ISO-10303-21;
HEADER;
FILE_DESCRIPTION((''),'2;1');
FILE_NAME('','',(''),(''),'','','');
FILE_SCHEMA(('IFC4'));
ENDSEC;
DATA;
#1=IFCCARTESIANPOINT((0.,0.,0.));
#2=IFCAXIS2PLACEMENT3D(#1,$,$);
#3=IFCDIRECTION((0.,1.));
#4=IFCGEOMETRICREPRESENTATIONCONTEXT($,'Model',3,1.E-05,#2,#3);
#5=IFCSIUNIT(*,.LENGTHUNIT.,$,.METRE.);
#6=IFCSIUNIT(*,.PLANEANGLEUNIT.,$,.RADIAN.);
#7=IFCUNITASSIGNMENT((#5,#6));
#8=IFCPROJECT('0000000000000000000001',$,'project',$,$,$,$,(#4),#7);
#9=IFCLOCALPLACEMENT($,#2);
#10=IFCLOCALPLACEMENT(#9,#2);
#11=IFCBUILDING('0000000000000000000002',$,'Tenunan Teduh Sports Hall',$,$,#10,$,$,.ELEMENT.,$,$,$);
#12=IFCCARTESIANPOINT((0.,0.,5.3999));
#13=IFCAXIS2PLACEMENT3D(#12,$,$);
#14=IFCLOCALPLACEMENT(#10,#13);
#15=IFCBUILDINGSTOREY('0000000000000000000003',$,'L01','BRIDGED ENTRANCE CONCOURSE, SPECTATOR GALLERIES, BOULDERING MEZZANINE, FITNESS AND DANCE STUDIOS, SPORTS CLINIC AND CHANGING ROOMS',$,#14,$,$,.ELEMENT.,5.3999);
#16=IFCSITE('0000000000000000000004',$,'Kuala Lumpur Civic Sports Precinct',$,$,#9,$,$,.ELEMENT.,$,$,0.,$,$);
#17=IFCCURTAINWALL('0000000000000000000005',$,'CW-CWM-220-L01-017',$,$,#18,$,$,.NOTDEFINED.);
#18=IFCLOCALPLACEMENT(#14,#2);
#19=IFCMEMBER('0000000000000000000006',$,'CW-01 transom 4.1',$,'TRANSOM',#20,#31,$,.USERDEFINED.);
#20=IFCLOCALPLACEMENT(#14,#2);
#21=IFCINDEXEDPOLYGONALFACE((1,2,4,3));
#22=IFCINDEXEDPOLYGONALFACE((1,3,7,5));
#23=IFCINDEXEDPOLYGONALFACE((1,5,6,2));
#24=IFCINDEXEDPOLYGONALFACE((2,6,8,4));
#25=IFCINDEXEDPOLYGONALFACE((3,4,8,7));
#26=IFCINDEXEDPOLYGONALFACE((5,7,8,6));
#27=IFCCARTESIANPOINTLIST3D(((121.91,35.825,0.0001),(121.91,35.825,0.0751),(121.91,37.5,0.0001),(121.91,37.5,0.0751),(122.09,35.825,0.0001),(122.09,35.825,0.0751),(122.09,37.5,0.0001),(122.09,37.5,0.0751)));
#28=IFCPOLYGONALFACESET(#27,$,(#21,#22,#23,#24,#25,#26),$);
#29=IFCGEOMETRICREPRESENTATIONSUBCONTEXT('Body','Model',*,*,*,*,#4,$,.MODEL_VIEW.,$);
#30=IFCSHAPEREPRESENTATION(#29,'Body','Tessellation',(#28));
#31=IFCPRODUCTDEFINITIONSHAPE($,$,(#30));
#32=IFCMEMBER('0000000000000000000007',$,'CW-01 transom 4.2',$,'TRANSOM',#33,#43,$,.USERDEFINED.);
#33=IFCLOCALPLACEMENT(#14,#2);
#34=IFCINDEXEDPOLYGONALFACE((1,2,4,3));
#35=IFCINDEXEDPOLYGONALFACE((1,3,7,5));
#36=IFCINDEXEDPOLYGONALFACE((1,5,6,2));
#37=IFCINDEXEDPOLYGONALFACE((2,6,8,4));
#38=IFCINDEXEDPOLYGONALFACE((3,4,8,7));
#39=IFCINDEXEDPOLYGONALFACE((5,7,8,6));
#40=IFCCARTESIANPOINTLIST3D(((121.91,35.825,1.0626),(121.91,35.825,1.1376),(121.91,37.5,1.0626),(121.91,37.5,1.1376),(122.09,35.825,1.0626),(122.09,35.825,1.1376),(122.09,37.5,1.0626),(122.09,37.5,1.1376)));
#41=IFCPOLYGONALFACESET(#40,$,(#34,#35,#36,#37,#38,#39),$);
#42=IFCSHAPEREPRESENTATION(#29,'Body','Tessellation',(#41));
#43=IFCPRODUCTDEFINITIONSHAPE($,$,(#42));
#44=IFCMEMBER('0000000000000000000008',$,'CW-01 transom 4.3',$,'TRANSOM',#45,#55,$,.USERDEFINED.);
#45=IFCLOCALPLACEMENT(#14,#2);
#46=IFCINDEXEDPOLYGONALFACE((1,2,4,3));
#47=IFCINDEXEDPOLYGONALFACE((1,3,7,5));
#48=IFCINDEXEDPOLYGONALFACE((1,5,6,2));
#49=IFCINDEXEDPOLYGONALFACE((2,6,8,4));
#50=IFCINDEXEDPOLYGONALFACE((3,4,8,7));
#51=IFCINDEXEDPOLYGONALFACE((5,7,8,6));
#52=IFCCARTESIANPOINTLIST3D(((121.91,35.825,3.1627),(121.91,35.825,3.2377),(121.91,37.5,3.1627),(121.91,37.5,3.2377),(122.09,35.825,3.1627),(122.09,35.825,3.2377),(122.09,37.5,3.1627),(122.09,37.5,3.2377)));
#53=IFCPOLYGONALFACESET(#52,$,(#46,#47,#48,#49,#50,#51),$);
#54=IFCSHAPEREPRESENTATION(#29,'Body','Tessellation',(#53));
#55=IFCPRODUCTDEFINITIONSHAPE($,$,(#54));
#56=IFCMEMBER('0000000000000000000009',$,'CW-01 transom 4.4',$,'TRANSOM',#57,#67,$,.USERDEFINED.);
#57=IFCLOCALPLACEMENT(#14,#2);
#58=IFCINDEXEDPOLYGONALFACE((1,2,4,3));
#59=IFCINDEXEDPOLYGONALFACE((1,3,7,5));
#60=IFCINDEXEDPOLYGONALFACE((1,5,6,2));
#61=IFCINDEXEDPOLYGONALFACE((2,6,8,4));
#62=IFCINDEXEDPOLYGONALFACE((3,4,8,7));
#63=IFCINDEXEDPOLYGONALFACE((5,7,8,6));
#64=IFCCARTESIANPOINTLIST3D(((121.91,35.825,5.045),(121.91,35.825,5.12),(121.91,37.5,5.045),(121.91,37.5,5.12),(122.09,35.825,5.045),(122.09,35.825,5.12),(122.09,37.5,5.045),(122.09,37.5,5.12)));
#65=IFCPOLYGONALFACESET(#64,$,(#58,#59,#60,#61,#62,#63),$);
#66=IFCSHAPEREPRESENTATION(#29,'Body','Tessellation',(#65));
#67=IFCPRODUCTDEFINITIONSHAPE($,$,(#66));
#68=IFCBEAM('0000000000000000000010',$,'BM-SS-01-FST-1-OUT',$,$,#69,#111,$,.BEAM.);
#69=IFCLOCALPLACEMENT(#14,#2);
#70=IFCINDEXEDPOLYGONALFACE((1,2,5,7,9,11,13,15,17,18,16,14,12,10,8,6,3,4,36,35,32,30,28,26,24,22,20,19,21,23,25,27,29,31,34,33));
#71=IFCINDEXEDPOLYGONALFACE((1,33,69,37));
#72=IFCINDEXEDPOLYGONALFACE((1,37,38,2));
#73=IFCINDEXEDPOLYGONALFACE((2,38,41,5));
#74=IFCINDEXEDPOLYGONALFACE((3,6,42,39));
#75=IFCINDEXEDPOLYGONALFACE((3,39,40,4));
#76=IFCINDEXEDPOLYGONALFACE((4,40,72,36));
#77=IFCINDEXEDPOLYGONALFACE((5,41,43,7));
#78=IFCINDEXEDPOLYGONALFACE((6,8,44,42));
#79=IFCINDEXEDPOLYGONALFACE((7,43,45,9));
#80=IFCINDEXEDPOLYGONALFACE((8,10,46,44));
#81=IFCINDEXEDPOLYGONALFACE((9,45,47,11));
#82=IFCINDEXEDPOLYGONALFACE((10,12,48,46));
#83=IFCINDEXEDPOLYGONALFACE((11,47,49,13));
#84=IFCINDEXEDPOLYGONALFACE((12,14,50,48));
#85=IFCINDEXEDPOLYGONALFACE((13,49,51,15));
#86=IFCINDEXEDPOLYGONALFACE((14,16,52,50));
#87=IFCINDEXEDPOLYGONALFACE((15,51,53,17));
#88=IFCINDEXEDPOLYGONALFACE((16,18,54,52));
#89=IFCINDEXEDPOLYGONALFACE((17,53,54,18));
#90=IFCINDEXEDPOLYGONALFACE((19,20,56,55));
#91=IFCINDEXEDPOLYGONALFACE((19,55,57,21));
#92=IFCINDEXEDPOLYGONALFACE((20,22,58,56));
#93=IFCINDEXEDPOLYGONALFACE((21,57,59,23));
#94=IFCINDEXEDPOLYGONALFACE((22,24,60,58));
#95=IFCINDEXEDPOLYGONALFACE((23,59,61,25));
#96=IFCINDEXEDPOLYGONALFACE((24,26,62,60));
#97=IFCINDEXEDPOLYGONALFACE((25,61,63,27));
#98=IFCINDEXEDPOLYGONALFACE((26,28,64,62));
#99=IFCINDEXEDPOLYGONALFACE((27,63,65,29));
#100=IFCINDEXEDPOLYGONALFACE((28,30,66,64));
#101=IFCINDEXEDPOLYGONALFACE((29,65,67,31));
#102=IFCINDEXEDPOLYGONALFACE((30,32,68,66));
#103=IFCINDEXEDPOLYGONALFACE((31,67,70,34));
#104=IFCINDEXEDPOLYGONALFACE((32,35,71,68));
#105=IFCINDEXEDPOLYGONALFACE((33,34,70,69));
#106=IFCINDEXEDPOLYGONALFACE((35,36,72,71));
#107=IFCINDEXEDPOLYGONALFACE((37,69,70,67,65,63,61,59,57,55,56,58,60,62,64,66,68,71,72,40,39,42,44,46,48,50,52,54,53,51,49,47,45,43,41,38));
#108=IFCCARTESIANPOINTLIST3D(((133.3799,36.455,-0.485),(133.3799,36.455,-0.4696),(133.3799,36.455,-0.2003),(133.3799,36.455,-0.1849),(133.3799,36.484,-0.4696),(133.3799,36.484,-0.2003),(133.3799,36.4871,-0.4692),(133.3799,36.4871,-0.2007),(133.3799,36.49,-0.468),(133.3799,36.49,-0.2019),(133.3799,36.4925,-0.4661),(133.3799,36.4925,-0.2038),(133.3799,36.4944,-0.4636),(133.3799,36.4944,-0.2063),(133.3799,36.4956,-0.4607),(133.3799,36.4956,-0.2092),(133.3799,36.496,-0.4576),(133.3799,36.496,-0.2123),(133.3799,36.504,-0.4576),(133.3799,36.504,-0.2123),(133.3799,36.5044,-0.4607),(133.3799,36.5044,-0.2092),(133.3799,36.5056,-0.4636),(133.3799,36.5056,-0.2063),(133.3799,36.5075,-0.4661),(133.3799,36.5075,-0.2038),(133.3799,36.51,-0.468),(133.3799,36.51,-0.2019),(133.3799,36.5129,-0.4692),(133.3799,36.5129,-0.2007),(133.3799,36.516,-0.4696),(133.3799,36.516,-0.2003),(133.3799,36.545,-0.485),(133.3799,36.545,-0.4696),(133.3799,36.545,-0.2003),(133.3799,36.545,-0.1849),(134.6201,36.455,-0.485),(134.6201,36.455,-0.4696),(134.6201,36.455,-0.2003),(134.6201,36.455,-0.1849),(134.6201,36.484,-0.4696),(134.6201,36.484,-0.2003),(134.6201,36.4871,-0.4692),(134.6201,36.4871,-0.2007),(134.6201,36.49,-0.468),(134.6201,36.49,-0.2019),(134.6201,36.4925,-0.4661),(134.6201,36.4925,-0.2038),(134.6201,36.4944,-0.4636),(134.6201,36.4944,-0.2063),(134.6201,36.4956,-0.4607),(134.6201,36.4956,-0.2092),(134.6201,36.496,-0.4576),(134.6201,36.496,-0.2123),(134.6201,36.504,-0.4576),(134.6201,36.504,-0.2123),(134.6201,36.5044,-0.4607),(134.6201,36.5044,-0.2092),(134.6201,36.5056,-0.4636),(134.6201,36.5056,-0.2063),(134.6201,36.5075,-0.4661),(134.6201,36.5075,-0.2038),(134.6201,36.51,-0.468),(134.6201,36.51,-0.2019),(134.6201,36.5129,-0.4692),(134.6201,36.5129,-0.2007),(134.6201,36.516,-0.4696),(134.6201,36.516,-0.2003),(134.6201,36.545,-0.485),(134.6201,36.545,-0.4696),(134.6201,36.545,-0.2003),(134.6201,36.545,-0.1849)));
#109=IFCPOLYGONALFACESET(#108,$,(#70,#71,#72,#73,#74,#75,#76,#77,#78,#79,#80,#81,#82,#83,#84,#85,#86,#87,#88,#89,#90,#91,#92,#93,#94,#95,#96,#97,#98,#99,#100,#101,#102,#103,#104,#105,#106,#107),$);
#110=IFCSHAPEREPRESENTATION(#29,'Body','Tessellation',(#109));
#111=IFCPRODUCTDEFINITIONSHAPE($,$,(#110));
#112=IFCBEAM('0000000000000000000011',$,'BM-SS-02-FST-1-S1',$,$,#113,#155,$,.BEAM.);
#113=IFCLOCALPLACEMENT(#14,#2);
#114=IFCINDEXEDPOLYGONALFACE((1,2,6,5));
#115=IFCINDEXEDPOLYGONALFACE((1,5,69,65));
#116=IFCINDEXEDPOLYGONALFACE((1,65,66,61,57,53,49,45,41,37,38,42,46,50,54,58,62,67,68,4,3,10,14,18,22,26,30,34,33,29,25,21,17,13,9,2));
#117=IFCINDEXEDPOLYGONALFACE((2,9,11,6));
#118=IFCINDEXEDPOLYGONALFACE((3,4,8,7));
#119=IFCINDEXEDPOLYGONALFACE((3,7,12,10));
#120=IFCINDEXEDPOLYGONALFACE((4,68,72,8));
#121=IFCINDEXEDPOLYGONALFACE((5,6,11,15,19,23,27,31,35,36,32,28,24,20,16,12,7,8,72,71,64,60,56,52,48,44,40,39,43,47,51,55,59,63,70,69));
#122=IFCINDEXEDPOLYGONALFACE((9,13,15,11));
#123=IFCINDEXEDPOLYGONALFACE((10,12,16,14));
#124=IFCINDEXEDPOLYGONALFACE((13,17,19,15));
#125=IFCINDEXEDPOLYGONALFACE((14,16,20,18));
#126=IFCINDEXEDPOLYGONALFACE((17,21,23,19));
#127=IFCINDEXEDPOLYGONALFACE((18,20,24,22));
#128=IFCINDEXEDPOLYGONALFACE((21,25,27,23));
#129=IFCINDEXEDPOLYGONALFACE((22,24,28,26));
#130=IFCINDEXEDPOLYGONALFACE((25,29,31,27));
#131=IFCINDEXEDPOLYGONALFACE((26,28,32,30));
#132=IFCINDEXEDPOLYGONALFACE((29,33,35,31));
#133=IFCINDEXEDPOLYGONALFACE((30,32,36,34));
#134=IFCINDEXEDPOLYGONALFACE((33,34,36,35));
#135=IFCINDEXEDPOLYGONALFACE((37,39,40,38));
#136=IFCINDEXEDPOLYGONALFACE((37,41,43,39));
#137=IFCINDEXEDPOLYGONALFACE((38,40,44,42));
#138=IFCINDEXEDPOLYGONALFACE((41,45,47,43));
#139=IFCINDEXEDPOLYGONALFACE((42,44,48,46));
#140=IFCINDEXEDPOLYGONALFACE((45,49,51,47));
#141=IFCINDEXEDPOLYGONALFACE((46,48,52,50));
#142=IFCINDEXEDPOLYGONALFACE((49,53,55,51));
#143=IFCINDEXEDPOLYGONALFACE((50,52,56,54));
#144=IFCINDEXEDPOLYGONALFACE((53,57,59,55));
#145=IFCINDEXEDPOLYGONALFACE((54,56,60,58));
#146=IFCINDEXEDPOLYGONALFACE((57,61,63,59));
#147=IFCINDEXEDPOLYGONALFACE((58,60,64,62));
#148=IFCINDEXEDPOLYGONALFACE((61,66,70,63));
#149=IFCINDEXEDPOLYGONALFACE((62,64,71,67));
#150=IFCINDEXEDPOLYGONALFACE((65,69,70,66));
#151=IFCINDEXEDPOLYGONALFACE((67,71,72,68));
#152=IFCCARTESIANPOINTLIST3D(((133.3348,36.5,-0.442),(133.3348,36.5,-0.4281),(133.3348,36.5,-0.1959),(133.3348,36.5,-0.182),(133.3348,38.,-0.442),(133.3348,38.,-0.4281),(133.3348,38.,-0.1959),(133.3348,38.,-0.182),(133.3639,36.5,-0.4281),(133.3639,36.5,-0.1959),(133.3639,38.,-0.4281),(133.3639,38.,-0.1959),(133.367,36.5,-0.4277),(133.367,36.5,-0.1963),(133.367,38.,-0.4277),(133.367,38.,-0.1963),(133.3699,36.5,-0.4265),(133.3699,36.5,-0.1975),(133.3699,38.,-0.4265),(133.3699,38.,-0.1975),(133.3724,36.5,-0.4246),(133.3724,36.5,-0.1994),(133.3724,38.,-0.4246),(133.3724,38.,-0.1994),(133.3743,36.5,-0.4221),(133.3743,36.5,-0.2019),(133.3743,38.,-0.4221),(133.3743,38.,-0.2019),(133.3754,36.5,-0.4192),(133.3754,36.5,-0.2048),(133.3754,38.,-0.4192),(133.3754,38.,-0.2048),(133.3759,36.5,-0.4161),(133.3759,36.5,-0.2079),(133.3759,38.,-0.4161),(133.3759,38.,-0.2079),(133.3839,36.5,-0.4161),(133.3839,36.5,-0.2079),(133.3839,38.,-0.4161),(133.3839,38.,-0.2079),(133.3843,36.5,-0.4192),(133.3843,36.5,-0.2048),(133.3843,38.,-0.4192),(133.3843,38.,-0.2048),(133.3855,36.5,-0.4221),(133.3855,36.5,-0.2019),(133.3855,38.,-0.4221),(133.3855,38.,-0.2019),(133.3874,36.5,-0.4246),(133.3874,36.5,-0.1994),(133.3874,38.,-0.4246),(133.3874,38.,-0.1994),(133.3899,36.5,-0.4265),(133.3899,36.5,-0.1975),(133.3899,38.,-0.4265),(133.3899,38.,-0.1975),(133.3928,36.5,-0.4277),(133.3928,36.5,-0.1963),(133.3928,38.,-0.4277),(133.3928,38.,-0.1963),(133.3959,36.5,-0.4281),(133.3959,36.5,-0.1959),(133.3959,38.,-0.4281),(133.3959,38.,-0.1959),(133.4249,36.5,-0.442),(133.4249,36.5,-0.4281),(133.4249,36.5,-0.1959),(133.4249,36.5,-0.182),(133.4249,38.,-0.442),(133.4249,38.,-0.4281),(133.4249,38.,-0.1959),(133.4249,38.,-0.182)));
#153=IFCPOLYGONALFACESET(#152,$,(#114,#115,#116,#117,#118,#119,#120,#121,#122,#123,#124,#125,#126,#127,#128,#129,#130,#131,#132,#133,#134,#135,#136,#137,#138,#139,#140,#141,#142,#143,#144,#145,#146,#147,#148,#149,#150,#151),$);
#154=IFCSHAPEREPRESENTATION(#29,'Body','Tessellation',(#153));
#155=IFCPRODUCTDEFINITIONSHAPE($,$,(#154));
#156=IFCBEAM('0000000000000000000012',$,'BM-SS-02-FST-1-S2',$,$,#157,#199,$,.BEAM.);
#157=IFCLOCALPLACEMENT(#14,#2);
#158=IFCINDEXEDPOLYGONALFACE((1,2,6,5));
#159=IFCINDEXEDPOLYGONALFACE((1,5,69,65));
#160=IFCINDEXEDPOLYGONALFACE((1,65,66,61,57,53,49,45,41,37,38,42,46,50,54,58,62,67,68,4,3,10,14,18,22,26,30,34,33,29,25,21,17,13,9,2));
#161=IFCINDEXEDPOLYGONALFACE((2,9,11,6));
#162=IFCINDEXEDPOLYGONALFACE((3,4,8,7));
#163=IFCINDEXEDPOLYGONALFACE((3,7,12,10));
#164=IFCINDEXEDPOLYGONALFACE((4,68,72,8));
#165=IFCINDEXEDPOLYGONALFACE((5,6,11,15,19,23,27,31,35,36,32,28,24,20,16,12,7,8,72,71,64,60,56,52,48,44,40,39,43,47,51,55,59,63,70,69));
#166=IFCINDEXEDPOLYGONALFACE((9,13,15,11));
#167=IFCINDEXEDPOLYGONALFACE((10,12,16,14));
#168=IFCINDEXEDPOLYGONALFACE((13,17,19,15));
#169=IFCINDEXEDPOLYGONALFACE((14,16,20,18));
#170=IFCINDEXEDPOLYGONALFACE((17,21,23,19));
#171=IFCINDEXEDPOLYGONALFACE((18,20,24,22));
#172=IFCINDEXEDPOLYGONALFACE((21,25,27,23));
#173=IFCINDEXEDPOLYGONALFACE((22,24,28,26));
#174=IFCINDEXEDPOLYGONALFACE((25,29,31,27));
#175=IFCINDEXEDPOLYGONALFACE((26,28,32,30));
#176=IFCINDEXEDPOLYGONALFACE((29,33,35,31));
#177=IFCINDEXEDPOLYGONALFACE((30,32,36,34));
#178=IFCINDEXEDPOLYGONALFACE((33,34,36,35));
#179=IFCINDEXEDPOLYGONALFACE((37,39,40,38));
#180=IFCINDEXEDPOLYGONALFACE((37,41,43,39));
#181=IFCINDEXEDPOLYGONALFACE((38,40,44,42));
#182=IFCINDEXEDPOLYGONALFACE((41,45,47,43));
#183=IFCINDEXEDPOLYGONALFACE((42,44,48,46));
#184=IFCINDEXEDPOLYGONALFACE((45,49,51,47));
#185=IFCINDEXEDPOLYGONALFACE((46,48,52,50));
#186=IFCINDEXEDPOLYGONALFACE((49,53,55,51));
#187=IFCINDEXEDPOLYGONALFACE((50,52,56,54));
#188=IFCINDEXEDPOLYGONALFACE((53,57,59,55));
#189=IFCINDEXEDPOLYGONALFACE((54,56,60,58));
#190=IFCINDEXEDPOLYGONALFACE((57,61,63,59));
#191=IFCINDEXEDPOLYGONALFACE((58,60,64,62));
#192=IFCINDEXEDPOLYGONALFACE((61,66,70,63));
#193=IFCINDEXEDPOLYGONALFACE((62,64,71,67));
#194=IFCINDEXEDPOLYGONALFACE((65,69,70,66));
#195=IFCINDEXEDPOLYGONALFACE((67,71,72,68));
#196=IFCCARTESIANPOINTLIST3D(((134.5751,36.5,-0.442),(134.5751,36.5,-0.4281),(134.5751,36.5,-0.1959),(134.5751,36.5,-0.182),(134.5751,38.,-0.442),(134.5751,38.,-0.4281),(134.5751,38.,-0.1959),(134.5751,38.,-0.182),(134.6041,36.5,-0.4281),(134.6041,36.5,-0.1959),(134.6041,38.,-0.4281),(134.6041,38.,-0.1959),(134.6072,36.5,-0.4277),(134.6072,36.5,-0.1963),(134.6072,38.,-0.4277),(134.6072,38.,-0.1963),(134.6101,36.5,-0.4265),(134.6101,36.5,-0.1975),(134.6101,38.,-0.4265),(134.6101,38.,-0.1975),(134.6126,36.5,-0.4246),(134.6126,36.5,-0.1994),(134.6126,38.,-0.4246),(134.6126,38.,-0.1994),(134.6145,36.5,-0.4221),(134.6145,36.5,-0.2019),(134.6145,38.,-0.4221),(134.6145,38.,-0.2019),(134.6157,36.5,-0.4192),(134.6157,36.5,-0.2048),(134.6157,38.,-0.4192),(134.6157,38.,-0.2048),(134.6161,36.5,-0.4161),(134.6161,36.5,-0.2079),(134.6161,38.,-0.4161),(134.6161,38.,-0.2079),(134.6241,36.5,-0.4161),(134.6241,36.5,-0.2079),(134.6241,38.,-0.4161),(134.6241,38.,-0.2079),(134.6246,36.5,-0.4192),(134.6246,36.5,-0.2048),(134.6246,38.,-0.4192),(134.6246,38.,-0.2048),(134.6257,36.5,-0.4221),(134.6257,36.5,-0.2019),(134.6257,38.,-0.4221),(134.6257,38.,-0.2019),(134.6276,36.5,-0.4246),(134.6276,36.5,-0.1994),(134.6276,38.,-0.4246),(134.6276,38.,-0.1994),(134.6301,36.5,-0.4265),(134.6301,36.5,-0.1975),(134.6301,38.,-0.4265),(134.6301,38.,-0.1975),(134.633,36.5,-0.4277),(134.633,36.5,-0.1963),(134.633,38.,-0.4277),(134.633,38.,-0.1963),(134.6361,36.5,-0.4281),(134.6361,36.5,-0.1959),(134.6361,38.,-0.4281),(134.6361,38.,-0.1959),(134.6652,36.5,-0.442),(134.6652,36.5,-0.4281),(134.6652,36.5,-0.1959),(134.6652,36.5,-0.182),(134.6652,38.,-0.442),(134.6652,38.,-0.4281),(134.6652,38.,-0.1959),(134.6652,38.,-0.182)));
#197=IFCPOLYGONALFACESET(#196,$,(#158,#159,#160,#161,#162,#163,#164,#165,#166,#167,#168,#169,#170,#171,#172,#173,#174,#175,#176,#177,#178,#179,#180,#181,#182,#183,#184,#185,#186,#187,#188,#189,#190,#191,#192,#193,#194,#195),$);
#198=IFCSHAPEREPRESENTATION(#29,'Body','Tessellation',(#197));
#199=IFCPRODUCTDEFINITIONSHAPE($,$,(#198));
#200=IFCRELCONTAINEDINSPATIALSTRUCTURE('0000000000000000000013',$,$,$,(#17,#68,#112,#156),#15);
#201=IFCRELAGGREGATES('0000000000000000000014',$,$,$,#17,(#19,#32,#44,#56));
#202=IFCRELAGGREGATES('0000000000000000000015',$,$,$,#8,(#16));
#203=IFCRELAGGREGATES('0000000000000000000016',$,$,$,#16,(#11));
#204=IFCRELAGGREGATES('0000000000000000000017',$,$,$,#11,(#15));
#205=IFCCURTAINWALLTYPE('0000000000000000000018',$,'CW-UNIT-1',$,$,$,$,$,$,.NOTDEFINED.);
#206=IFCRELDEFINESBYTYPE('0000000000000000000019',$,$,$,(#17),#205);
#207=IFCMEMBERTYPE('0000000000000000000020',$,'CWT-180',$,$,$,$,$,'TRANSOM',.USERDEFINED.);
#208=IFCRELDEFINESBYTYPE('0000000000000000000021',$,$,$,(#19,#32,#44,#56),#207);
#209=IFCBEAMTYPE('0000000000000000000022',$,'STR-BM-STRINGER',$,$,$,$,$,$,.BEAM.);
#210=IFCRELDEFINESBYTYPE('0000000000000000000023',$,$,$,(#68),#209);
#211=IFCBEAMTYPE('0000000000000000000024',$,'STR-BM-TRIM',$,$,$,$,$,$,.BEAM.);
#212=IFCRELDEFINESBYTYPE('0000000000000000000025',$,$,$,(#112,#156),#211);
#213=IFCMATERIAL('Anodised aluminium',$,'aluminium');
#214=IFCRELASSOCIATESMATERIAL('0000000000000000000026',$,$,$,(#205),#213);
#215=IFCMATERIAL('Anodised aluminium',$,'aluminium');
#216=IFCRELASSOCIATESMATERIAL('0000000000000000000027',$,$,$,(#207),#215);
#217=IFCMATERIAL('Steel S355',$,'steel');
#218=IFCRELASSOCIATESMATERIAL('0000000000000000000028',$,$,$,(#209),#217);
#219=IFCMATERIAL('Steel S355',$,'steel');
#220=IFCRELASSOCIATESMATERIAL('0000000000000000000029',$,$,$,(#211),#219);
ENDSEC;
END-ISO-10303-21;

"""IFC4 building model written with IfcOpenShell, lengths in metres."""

from ifc_helpers import new_model, si_unit, direction, frame, origin, origin_2d, place, context, subcontext, project, spatial, rectangle, i_section, extrude, material, material_profile, profile_set, type_object, element, aggregate, save


model = new_model("IFC4")

# Units and contexts
model_context = context("Model", 3, precision=1e-05, world=origin(), true_north=direction((0.0, 1.0)))
body_context = subcontext(model_context, "Body", "Model", "MODEL_VIEW")
ifc_project = project(units=[si_unit("LENGTHUNIT", "METRE"), si_unit("PLANEANGLEUNIT", "RADIAN")], contexts=[model_context])

# Site, building, storey
site_placement = place(None, origin())
site = spatial("IfcSite", under=ifc_project, at=site_placement, Name="Kuala Lumpur Civic Sports Precinct", CompositionType="ELEMENT", RefElevation=0.0)
building_placement = place(site_placement, origin())
building = spatial("IfcBuilding", under=site, at=building_placement, Name="Tenunan Teduh Sports Hall", CompositionType="ELEMENT")
storey_placement = place(building_placement, frame((0.0, 0.0, 5.3999)))
storey = spatial("IfcBuildingStorey", under=building, at=storey_placement, Name="L01", Description="BRIDGED ENTRANCE CONCOURSE, SPECTATOR GALLERIES, BOULDERING MEZZANINE, FITNESS AND DANCE STUDIOS, SPORTS CLINIC AND CHANGING ROOMS", CompositionType="ELEMENT", Elevation=5.3999)

# Curtain wall, members
ifc_material_1 = material(Name="Anodised aluminium", Category="aluminium")
curtain_wall_type = type_object("IfcCurtainWallType", Name="CW-UNIT-1", PredefinedType="NOTDEFINED", material=ifc_material_1)
curtain_wall_placement = place(storey_placement, origin())
curtain_wall = element("IfcCurtainWall", 1, at=curtain_wall_placement, inside=storey, type_object=curtain_wall_type, Name="CW-CWM-220-L01-017", PredefinedType="NOTDEFINED")
ifc_material_2 = material(Name="Anodised aluminium", Category="aluminium")
ifc_material_profile_1 = material_profile(ifc_material_2, rectangle(XDim=0.075, YDim=0.1799, at=origin_2d()), Name="CWT 75x180")
ifc_profile_set_1 = profile_set([ifc_material_profile_1], Name="Anodised aluminium")
member_type_1 = type_object("IfcMemberType", Name="CWT-180", ElementType="TRANSOM", PredefinedType="USERDEFINED", material=ifc_profile_set_1)
member_1_placement = place(storey_placement, frame((122.0, 35.825, 0.0376), z_axis=(0.0, 1.0, 0.0), x_axis=(0.0, 0.0, 1.0)))
member_1 = element("IfcMember", 2, at=member_1_placement, type_object=member_type_1, Name="CW-01 transom 4.1", ObjectType="TRANSOM", PredefinedType="USERDEFINED", context=body_context, shape_type="SweptSolid", body=[
    extrude(rectangle(XDim=0.075, YDim=0.1799, at=origin_2d()), origin(), (0.0, 0.0, 1.0), 1.675),
])
member_2_placement = place(storey_placement, frame((122.0, 35.825, 1.1001), z_axis=(0.0, 1.0, 0.0), x_axis=(0.0, 0.0, 1.0)))
member_2 = element("IfcMember", 3, at=member_2_placement, type_object=member_type_1, Name="CW-01 transom 4.2", ObjectType="TRANSOM", PredefinedType="USERDEFINED", context=body_context, shape_type="SweptSolid", body=[
    extrude(rectangle(XDim=0.075, YDim=0.1799, at=origin_2d()), origin(), (0.0, 0.0, 1.0), 1.675),
])
member_3_placement = place(storey_placement, frame((122.0, 35.825, 3.2002), z_axis=(0.0, 1.0, 0.0), x_axis=(0.0, 0.0, 1.0)))
member_3 = element("IfcMember", 4, at=member_3_placement, type_object=member_type_1, Name="CW-01 transom 4.3", ObjectType="TRANSOM", PredefinedType="USERDEFINED", context=body_context, shape_type="SweptSolid", body=[
    extrude(rectangle(XDim=0.075, YDim=0.1799, at=origin_2d()), origin(), (0.0, 0.0, 1.0), 1.675),
])
member_4_placement = place(storey_placement, frame((122.0, 35.825, 5.0825), z_axis=(0.0, 1.0, 0.0), x_axis=(0.0, 0.0, 1.0)))
member_4 = element("IfcMember", 5, at=member_4_placement, type_object=member_type_1, Name="CW-01 transom 4.4", ObjectType="TRANSOM", PredefinedType="USERDEFINED", context=body_context, shape_type="SweptSolid", body=[
    extrude(rectangle(XDim=0.075, YDim=0.1799, at=origin_2d()), origin(), (0.0, 0.0, 1.0), 1.675),
])

# Beams
ifc_material_3 = material(Name="Steel S355", Category="steel")
ifc_material_profile_2 = material_profile(ifc_material_3, i_section(OverallWidth=0.0901, OverallDepth=0.3, WebThickness=0.0081, FlangeThickness=0.0154, FilletRadius=0.012, at=origin_2d()), Name="PFC 300x90")
ifc_profile_set_2 = profile_set([ifc_material_profile_2], Name="Steel S355")
beam_type_1 = type_object("IfcBeamType", Name="STR-BM-STRINGER", PredefinedType="BEAM", material=ifc_profile_set_2)
beam_placement = place(storey_placement, frame((133.3799, 36.5, -0.335), z_axis=(1.0, 0.0, 0.0), x_axis=(0.0, 1.0, 0.0)))
element("IfcBeam", 6, at=beam_placement, inside=storey, type_object=beam_type_1, Name="BM-SS-01-FST-1-OUT", PredefinedType="BEAM", context=body_context, shape_type="SweptSolid", body=[
    extrude(i_section(OverallWidth=0.0901, OverallDepth=0.3, WebThickness=0.0081, FlangeThickness=0.0154, FilletRadius=0.012, at=origin_2d()), origin(), (0.0, 0.0, 1.0), 1.2402),
])
ifc_material_4 = material(Name="Steel S355", Category="steel")
ifc_material_profile_3 = material_profile(ifc_material_4, i_section(OverallWidth=0.0901, OverallDepth=0.26, WebThickness=0.0081, FlangeThickness=0.0139, FilletRadius=0.012, at=origin_2d()), Name="PFC 260x90")
ifc_profile_set_3 = profile_set([ifc_material_profile_3], Name="Steel S355")
beam_type_2 = type_object("IfcBeamType", Name="STR-BM-TRIM", PredefinedType="BEAM", material=ifc_profile_set_3)
for number, where, z_axis, x_axis, name in (
    (7, (133.3799, 36.5, -0.312), (0.0, 1.0, 0.0), (-1.0, 0.0, 0.0), "BM-SS-02-FST-1-S1"),
    (8, (134.6201, 36.5, -0.312), (0.0, 1.0, 0.0), (-1.0, 0.0, 0.0), "BM-SS-02-FST-1-S2"),
):
    element("IfcBeam", number, at=place(storey_placement, frame(where, z_axis=z_axis, x_axis=x_axis)), inside=storey, type_object=beam_type_2, Name=name, PredefinedType="BEAM", context=body_context, shape_type="SweptSolid", body=[
        extrude(i_section(OverallWidth=0.0901, OverallDepth=0.26, WebThickness=0.0081, FlangeThickness=0.0139, FilletRadius=0.012, at=origin_2d()), origin(), (0.0, 0.0, 1.0), 1.5),
    ])

aggregate(curtain_wall, [member_1, member_2, member_3, member_4])

save(model, "model.ifc")
